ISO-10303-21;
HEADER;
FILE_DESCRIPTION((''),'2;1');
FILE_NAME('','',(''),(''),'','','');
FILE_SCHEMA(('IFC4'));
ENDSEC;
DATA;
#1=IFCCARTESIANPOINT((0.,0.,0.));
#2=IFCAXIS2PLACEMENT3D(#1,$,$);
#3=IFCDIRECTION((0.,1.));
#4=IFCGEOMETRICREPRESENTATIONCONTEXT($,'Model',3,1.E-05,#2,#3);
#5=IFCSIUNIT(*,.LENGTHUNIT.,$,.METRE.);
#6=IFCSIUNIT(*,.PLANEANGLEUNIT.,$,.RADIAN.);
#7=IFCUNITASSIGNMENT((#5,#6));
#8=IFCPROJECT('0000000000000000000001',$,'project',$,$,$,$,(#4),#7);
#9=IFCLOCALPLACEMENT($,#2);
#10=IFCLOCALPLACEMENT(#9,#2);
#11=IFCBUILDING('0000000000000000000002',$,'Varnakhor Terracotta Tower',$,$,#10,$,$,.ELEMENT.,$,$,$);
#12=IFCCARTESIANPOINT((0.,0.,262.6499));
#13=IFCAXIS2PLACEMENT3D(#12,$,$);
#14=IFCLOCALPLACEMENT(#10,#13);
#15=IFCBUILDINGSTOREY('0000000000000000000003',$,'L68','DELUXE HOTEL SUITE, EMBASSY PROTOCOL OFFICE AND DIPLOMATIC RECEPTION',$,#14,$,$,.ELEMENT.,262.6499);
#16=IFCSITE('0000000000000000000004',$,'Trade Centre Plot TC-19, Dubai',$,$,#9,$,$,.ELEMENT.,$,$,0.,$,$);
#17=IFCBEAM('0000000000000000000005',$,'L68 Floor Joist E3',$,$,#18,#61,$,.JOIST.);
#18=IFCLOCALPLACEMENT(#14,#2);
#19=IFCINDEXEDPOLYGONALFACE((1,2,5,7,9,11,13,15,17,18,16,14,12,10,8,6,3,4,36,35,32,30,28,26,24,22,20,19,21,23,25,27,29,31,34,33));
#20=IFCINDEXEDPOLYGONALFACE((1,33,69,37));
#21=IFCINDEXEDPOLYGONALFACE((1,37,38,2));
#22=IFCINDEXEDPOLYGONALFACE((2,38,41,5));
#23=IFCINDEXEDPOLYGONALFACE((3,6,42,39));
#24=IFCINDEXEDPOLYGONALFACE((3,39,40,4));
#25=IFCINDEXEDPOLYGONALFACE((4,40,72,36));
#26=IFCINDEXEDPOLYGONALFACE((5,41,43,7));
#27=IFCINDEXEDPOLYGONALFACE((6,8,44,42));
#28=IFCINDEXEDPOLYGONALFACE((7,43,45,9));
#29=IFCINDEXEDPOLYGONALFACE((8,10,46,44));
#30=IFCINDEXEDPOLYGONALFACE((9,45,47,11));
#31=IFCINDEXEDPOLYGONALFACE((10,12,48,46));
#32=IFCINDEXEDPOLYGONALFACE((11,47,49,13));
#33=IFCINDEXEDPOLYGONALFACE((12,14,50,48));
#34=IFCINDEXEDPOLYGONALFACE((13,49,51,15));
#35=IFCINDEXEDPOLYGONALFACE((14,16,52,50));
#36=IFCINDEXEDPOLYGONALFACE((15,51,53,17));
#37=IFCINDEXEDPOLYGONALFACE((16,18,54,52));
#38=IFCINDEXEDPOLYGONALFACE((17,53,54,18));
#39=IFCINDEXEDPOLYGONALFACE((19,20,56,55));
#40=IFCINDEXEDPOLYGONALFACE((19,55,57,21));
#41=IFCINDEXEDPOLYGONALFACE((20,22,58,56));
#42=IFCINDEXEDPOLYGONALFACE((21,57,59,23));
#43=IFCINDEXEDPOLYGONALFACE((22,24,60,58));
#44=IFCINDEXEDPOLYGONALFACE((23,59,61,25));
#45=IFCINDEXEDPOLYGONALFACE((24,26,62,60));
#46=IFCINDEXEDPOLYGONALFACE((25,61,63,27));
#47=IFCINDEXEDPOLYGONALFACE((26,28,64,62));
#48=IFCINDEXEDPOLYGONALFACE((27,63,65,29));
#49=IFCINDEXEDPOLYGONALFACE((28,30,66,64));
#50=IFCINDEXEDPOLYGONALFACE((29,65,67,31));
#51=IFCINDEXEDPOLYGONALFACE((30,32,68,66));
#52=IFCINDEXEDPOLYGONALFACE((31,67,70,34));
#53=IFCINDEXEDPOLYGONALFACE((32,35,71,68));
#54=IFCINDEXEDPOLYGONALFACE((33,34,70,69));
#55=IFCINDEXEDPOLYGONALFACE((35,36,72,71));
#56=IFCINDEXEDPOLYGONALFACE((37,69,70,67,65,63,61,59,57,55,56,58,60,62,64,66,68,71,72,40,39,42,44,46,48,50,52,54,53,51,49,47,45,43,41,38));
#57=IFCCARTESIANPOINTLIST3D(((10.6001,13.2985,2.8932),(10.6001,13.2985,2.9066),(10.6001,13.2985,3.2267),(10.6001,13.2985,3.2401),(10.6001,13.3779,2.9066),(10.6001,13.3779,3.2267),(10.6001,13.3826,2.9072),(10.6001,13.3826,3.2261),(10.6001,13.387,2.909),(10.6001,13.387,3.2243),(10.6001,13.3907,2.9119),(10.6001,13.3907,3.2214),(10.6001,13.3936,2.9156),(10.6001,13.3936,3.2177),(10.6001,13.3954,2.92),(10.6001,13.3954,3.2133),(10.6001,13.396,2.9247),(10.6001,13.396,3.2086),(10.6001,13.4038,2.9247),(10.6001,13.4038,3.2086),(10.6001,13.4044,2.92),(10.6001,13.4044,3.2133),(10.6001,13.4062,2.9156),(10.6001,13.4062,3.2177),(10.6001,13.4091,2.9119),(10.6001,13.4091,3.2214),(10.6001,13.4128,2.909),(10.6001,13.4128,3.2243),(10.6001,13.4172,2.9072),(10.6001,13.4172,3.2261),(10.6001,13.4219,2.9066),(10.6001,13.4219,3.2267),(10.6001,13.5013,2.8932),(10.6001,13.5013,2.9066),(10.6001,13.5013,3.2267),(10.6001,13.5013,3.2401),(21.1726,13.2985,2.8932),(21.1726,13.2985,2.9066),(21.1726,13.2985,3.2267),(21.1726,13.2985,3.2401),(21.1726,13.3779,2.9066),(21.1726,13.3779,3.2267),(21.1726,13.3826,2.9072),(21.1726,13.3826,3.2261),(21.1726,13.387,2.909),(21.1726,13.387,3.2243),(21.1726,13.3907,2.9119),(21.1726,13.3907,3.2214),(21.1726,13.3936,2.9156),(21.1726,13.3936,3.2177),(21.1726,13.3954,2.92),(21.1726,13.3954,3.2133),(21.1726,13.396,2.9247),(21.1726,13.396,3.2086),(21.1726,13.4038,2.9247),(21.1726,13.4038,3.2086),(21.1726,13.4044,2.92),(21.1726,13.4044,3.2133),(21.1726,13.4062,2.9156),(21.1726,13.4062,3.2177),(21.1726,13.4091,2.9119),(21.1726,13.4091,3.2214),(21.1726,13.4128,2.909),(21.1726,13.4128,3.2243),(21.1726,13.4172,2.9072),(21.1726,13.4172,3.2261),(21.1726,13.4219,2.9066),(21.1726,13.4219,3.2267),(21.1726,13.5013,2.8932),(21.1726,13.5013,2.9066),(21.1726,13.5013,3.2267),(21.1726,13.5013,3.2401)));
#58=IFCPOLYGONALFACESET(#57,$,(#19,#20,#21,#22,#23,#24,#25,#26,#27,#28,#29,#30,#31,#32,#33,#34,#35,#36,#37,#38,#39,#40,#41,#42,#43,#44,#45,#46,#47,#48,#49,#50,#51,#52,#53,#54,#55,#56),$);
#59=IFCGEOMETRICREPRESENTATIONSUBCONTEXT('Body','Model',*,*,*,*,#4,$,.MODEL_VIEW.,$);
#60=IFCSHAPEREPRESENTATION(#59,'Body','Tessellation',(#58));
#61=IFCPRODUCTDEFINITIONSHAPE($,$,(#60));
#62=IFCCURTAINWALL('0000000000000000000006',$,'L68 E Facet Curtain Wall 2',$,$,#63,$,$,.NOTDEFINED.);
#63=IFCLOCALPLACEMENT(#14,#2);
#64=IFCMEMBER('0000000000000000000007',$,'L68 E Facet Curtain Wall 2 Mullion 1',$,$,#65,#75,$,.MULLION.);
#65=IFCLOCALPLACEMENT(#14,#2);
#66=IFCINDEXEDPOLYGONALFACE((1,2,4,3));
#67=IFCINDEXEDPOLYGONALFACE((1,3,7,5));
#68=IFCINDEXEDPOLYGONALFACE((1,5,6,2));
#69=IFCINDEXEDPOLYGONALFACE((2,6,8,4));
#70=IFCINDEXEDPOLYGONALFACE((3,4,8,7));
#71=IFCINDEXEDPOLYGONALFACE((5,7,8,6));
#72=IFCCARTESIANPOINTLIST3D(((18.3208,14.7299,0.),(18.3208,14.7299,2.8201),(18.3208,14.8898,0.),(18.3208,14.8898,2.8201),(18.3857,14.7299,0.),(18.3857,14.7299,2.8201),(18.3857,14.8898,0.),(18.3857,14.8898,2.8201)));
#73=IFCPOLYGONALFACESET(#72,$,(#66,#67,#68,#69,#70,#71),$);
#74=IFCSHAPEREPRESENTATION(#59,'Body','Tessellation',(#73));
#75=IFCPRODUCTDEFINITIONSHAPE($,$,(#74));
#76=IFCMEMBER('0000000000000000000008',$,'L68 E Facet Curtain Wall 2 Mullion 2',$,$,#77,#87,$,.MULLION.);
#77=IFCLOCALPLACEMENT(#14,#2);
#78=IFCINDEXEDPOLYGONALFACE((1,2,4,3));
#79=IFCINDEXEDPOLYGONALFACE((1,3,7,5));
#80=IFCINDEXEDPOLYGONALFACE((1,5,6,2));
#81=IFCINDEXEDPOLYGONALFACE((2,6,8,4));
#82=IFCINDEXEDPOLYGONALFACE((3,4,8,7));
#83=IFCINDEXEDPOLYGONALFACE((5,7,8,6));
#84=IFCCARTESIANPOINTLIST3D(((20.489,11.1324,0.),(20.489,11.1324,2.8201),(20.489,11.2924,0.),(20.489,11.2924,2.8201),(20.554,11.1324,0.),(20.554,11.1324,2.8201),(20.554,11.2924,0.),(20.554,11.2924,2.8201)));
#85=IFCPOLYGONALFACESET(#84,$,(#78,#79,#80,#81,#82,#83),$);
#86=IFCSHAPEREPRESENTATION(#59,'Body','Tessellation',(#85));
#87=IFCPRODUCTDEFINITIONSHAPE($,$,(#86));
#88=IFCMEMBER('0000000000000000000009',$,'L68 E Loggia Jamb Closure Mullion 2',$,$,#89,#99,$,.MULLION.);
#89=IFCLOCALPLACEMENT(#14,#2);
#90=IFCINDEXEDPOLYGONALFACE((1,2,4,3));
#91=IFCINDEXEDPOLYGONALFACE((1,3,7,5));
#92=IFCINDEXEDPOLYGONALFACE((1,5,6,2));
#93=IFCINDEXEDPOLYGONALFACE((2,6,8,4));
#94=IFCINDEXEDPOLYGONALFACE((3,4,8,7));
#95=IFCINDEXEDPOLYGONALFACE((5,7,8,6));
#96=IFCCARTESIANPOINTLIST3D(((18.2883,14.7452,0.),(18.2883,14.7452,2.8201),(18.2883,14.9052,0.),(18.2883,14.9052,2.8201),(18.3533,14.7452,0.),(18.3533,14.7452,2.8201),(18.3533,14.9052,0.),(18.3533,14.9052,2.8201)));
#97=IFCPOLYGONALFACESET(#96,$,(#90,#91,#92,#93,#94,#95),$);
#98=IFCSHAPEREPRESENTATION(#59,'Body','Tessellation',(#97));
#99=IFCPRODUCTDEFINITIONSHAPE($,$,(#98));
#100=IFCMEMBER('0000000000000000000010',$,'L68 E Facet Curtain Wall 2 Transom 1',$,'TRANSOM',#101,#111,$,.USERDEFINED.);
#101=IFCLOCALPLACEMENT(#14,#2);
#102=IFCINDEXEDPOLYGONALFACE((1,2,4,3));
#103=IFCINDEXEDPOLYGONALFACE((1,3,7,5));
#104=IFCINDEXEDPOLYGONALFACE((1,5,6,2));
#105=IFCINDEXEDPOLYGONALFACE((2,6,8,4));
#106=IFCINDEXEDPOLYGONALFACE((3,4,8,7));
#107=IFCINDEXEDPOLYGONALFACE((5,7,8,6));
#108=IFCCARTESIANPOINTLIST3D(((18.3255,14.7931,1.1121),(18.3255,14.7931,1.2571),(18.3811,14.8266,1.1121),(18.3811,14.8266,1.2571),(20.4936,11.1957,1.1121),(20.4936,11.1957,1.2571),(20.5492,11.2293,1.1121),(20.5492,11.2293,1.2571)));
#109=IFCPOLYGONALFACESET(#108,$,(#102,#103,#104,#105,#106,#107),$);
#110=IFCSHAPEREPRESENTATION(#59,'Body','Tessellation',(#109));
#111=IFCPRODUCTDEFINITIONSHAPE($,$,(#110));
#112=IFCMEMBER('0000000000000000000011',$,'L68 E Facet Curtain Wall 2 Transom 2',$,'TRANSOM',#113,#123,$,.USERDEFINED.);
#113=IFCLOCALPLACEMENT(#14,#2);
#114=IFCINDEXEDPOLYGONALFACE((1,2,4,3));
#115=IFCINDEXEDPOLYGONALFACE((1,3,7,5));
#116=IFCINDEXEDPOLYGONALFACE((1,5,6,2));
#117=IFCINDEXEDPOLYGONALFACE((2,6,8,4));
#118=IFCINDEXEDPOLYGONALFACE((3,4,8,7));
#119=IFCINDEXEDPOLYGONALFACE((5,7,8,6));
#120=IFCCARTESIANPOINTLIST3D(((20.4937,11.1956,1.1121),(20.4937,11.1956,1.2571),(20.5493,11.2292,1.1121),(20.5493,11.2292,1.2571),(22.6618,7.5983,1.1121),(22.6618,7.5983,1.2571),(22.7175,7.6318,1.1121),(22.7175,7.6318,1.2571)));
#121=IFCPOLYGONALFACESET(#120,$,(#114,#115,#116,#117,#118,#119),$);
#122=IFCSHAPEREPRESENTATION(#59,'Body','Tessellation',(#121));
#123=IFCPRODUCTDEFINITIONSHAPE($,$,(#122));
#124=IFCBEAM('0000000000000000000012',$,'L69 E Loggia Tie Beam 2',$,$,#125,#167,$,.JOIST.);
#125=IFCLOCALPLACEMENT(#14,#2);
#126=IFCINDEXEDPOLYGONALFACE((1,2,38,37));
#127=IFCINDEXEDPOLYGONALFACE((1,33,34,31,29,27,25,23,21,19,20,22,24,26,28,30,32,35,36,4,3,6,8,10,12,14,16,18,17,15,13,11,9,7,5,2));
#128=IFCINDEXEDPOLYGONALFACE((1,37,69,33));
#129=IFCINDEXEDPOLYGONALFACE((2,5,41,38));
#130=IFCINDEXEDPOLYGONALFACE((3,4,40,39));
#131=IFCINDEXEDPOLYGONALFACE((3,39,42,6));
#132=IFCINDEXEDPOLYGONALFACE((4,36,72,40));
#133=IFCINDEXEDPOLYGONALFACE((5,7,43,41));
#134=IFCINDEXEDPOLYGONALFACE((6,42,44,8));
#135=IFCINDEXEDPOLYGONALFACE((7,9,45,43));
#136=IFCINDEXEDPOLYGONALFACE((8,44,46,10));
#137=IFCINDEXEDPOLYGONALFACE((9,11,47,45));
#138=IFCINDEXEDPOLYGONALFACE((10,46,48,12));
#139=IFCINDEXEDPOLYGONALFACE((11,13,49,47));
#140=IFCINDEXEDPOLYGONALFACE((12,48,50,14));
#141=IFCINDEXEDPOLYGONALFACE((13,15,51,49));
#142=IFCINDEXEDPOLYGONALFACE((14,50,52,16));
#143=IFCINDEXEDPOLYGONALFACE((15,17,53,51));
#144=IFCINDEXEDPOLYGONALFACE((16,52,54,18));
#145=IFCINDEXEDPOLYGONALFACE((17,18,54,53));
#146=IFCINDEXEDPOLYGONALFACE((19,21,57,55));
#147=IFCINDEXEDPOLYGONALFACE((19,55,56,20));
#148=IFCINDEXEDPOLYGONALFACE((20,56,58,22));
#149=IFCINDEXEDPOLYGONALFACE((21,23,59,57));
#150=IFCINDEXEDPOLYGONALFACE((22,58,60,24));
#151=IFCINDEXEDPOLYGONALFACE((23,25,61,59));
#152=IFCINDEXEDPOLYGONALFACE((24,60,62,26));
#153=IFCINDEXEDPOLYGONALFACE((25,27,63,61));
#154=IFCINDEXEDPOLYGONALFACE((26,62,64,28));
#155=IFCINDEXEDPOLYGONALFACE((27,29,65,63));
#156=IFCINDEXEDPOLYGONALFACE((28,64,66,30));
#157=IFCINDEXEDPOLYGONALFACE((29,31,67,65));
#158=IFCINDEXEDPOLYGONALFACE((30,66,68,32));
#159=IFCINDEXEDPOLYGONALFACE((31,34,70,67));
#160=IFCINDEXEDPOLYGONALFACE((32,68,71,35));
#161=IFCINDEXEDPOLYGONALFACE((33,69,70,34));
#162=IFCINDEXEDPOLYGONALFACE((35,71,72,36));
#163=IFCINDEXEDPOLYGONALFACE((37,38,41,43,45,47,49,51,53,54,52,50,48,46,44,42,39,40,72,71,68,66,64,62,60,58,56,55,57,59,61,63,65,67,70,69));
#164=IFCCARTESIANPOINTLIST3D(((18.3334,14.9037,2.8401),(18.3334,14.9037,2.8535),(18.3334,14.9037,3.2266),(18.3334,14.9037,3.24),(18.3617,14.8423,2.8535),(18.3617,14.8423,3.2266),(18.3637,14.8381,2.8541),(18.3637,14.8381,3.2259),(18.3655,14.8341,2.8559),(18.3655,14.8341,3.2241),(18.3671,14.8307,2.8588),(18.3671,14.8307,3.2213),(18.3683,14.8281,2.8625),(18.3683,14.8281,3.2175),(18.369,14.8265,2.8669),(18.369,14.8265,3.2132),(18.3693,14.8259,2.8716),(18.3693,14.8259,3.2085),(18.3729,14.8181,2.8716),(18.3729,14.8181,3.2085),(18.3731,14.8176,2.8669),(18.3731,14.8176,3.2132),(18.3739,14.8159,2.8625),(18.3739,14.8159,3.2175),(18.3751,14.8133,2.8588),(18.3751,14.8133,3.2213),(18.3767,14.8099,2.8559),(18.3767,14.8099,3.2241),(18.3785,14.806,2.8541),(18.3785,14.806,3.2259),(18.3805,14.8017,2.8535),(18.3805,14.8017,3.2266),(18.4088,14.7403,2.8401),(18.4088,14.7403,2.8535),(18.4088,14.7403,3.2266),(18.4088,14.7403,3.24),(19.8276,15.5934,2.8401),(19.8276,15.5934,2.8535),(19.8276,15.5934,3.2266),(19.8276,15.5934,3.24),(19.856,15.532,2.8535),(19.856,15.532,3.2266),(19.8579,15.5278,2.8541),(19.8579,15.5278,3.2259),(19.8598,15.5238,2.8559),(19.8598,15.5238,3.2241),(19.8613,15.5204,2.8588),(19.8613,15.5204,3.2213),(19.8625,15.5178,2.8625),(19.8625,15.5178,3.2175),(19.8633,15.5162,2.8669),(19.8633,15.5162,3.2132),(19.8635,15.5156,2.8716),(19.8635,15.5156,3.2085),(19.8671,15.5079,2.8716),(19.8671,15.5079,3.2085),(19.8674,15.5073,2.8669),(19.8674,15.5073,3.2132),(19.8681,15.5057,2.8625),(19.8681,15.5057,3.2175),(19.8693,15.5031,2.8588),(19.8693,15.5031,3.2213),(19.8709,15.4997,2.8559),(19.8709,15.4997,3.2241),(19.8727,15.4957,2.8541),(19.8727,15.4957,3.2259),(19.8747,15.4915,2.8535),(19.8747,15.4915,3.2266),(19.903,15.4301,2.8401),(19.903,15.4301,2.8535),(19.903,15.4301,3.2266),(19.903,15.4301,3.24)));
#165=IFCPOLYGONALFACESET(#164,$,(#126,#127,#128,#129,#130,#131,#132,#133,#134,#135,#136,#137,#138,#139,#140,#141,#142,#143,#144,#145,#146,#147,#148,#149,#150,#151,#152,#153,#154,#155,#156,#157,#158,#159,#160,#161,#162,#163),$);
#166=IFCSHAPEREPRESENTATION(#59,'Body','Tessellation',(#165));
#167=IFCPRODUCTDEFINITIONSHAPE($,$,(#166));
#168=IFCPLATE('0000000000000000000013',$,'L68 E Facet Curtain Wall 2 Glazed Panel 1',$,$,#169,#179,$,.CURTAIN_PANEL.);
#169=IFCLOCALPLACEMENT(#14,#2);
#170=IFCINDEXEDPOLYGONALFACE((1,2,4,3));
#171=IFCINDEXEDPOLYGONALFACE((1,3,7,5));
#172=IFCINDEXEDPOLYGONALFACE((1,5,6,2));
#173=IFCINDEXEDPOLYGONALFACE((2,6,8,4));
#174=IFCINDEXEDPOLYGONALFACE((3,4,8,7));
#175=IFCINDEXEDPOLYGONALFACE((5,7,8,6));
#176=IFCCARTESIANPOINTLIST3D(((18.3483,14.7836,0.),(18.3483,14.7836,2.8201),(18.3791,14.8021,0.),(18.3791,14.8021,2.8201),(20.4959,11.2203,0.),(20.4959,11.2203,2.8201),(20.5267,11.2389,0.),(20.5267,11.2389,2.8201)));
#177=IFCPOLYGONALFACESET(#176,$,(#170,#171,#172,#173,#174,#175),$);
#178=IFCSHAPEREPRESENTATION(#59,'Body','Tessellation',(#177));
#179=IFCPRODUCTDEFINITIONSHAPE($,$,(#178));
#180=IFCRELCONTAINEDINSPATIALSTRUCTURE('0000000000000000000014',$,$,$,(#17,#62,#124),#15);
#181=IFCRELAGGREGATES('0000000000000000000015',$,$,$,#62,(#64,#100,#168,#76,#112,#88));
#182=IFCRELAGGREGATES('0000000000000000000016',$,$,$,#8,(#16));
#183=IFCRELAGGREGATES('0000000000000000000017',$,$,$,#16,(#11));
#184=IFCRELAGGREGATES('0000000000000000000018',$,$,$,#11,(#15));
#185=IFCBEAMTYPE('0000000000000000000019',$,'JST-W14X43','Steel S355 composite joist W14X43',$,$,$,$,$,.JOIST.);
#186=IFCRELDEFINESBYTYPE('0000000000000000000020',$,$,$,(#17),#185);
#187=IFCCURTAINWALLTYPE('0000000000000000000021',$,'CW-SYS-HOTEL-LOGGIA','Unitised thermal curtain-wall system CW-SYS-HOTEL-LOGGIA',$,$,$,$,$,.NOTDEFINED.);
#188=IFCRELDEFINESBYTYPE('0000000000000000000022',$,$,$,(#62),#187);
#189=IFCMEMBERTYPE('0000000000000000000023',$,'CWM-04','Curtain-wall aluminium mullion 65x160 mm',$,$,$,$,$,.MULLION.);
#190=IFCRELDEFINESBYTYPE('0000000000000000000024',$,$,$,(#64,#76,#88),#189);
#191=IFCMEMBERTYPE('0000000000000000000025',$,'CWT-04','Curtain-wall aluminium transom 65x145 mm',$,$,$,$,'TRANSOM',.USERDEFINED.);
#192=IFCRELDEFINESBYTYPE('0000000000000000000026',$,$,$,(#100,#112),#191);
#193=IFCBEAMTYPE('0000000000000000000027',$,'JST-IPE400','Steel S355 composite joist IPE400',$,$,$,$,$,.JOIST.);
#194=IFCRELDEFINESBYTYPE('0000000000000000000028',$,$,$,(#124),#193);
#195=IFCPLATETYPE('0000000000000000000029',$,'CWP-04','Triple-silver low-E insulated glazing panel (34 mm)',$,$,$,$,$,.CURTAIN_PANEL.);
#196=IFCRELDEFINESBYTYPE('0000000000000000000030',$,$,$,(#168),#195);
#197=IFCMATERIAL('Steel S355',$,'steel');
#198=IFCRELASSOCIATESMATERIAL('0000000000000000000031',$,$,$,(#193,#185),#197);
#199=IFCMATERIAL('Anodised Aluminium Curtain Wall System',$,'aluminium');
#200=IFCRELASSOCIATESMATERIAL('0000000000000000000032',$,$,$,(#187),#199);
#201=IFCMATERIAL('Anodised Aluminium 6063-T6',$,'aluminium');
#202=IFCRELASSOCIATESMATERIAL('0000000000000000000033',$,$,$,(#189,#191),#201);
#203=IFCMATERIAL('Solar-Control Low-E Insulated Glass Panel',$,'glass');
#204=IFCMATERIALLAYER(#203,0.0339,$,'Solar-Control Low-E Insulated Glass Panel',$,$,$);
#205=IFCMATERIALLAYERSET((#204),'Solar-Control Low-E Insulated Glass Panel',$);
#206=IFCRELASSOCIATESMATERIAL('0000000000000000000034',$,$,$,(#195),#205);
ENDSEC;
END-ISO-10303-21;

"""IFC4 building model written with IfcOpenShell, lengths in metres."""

from ifc_helpers import new_model, si_unit, direction, frame, origin, origin_2d, place, context, subcontext, project, spatial, rectangle, i_section, extrude, source, transform, mapped, material, layer, layer_set, material_profile, profile_set, type_object, type_shapes, element, aggregate, save


model = new_model("IFC4")

# Units and contexts
model_context = context("Model", 3, precision=1e-05, world=origin(), true_north=direction((0.0, 1.0)))
body_context = subcontext(model_context, "Body", "Model", "MODEL_VIEW")
ifc_project = project(units=[si_unit("LENGTHUNIT", "METRE"), si_unit("PLANEANGLEUNIT", "RADIAN")], contexts=[model_context])

# Site, building, storey
site_placement = place(None, origin())
site = spatial("IfcSite", under=ifc_project, at=site_placement, Name="Trade Centre Plot TC-19, Dubai", CompositionType="ELEMENT", RefElevation=0.0)
building_placement = place(site_placement, origin())
building = spatial("IfcBuilding", under=site, at=building_placement, Name="Varnakhor Terracotta Tower", CompositionType="ELEMENT")
storey_placement = place(building_placement, frame((0.0, 0.0, 262.6499)))
storey = spatial("IfcBuildingStorey", under=building, at=storey_placement, Name="L68", Description="DELUXE HOTEL SUITE, EMBASSY PROTOCOL OFFICE AND DIPLOMATIC RECEPTION", CompositionType="ELEMENT", Elevation=262.6499)

# Beam
ifc_material_1 = material(Name="Steel S355", Category="steel")
ifc_material_profile_1 = material_profile(ifc_material_1, i_section(OverallWidth=0.1799, OverallDepth=0.3999, WebThickness=0.0085, FlangeThickness=0.0134, FilletRadius=0.0181, at=origin_2d()), Name="IPE400")
ifc_profile_set_1 = profile_set([ifc_material_profile_1], Name="Steel S355")
beam_type_1 = type_object("IfcBeamType", Name="JST-IPE400", Description="Steel S355 composite joist IPE400", PredefinedType="JOIST", material=ifc_profile_set_1)
ifc_material_profile_2 = material_profile(ifc_material_1, i_section(OverallWidth=0.2029, OverallDepth=0.3469, WebThickness=0.0078, FlangeThickness=0.0134, FilletRadius=0.0181, at=origin_2d()), Name="W14X43")
ifc_profile_set_2 = profile_set([ifc_material_profile_2], Name="Steel S355")
beam_type_2 = type_object("IfcBeamType", Name="JST-W14X43", Description="Steel S355 composite joist W14X43", PredefinedType="JOIST", material=ifc_profile_set_2)
shared_shape_1 = source(origin(), body_context, "Body", "SweptSolid", [
    extrude(i_section(OverallWidth=0.2029, OverallDepth=0.3469, WebThickness=0.0078, FlangeThickness=0.0134, FilletRadius=0.0181, at=origin_2d()), origin(), (0.0, 0.0, 1.0), 10.5725),
])
beam_1_placement = place(storey_placement, frame((10.6001, 13.3999, 3.0667), z_axis=(1.0, 0.0, 0.0), x_axis=(0.0, 1.0, 0.0)))
element("IfcBeam", 1, at=beam_1_placement, inside=storey, type_object=beam_type_2, Name="L68 Floor Joist E3", PredefinedType="JOIST", context=body_context, shape_type="MappedRepresentation", body=[
    mapped(shared_shape_1, transform((0.0, 0.0, 0.0), scale=1.0)),
])

# Curtain wall, members
ifc_material_2 = material(Name="Anodised Aluminium Curtain Wall System", Category="aluminium")
curtain_wall_type = type_object("IfcCurtainWallType", Name="CW-SYS-HOTEL-LOGGIA", Description="Unitised thermal curtain-wall system CW-SYS-HOTEL-LOGGIA", PredefinedType="NOTDEFINED", material=ifc_material_2)
curtain_wall_placement = place(storey_placement, origin())
curtain_wall = element("IfcCurtainWall", 2, at=curtain_wall_placement, inside=storey, type_object=curtain_wall_type, Name="L68 E Facet Curtain Wall 2", PredefinedType="NOTDEFINED")
ifc_material_3 = material(Name="Anodised Aluminium 6063-T6", Category="aluminium")
ifc_material_profile_3 = material_profile(ifc_material_3, rectangle(XDim=0.0649, YDim=0.1599, at=origin_2d()), Name="ALU MULLION 65x160")
ifc_profile_set_3 = profile_set([ifc_material_profile_3], Name="Anodised Aluminium 6063-T6")
member_type_1 = type_object("IfcMemberType", Name="CWM-04", Description="Curtain-wall aluminium mullion 65x160 mm", PredefinedType="MULLION", material=ifc_profile_set_3)
shared_shape_2 = source(origin(), body_context, "Body", "SweptSolid", [
    extrude(rectangle(XDim=0.0649, YDim=0.1599, at=origin_2d()), origin(), (0.0, 0.0, 1.0), 2.8201),
])
type_shapes(member_type_1, [shared_shape_2])
member_1_placement = place(storey_placement, frame((18.3533, 14.8098, 0.0), z_axis=(0.0, 0.0, 1.0), x_axis=(1.0, 0.0, 0.0)))
member_1 = element("IfcMember", 3, at=member_1_placement, type_object=member_type_1, Name="L68 E Facet Curtain Wall 2 Mullion 1", PredefinedType="MULLION", context=body_context, shape_type="MappedRepresentation", body=[
    mapped(shared_shape_2, transform((0.0, 0.0, 0.0), scale=1.0)),
])
member_2_placement = place(storey_placement, frame((20.5215, 11.2124, 0.0), z_axis=(0.0, 0.0, 1.0), x_axis=(1.0, 0.0, 0.0)))
member_2 = element("IfcMember", 4, at=member_2_placement, type_object=member_type_1, Name="L68 E Facet Curtain Wall 2 Mullion 2", PredefinedType="MULLION", context=body_context, shape_type="MappedRepresentation", body=[
    mapped(shared_shape_2, transform((0.0, 0.0, 0.0), scale=1.0)),
])
member_3_placement = place(storey_placement, frame((18.3208, 14.8252, 0.0), z_axis=(0.0, 0.0, 1.0), x_axis=(1.0, 0.0, 0.0)))
member_3 = element("IfcMember", 5, at=member_3_placement, type_object=member_type_1, Name="L68 E Loggia Jamb Closure Mullion 2", PredefinedType="MULLION", context=body_context, shape_type="MappedRepresentation", body=[
    mapped(shared_shape_2, transform((0.0, 0.0, 0.0), scale=1.0)),
])
ifc_material_profile_4 = material_profile(ifc_material_3, rectangle(XDim=0.0649, YDim=0.145, at=origin_2d()), Name="ALU TRANSOM 65x145")
ifc_profile_set_4 = profile_set([ifc_material_profile_4], Name="Anodised Aluminium 6063-T6")
member_type_2 = type_object("IfcMemberType", Name="CWT-04", Description="Curtain-wall aluminium transom 65x145 mm", ElementType="TRANSOM", PredefinedType="USERDEFINED", material=ifc_profile_set_4)
shared_shape_3 = source(origin(), body_context, "Body", "SweptSolid", [
    extrude(rectangle(XDim=0.0649, YDim=0.145, at=origin_2d()), origin(), (0.0, 0.0, 1.0), 4.2002),
])
member_4_placement = place(storey_placement, frame((18.3533, 14.8098, 1.1846), z_axis=(0.516204, -0.856465, 0.0), x_axis=(0.856465, 0.516204, 0.0)))
member_4 = element("IfcMember", 6, at=member_4_placement, type_object=member_type_2, Name="L68 E Facet Curtain Wall 2 Transom 1", ObjectType="TRANSOM", PredefinedType="USERDEFINED", context=body_context, shape_type="MappedRepresentation", body=[
    mapped(shared_shape_3, transform((0.0, 0.0, 0.0), scale=1.0)),
])
member_5_placement = place(storey_placement, frame((20.5215, 11.2124, 1.1846), z_axis=(0.516204, -0.856465, 0.0), x_axis=(0.856465, 0.516204, 0.0)))
member_5 = element("IfcMember", 7, at=member_5_placement, type_object=member_type_2, Name="L68 E Facet Curtain Wall 2 Transom 2", ObjectType="TRANSOM", PredefinedType="USERDEFINED", context=body_context, shape_type="MappedRepresentation", body=[
    mapped(shared_shape_3, transform((0.0, 0.0, 0.0), scale=1.0)),
])

# Beam
shared_shape_4 = source(origin(), body_context, "Body", "SweptSolid", [
    extrude(i_section(OverallWidth=0.1799, OverallDepth=0.3999, WebThickness=0.0085, FlangeThickness=0.0134, FilletRadius=0.0181, at=origin_2d()), origin(), (0.0, 0.0, 1.0), 1.6458),
])
beam_2_placement = place(storey_placement, frame((18.3711, 14.822, 3.04), z_axis=(0.907938, 0.419105, 0.0), x_axis=(-0.419105, 0.907938, 0.0)))
element("IfcBeam", 8, at=beam_2_placement, inside=storey, type_object=beam_type_1, Name="L69 E Loggia Tie Beam 2", PredefinedType="JOIST", context=body_context, shape_type="MappedRepresentation", body=[
    mapped(shared_shape_4, transform((0.0, 0.0, 0.0), scale=1.0)),
])

# Plate
ifc_material_4 = material(Name="Solar-Control Low-E Insulated Glass Panel", Category="glass")
ifc_layer_1 = layer(ifc_material_4, 0.0339, Name="Solar-Control Low-E Insulated Glass Panel")
ifc_layer_set_1 = layer_set([ifc_layer_1], Name="Solar-Control Low-E Insulated Glass Panel")
plate_type = type_object("IfcPlateType", Name="CWP-04", Description="Triple-silver low-E insulated glazing panel (34 mm)", PredefinedType="CURTAIN_PANEL", material=ifc_layer_set_1)
shared_shape_5 = source(origin(), body_context, "Body", "SweptSolid", [
    extrude(rectangle(XDim=4.1604, YDim=0.0359, at=origin_2d()), origin(), (0.0, 0.0, 1.0), 2.8201),
])
plate_1_placement = place(storey_placement, frame((19.4375, 13.0112, 0.0), z_axis=(0.0, 0.0, 1.0), x_axis=(0.516205, -0.856465, 0.0)))
plate_1 = element("IfcPlate", 9, at=plate_1_placement, type_object=plate_type, Name="L68 E Facet Curtain Wall 2 Glazed Panel 1", PredefinedType="CURTAIN_PANEL", context=body_context, shape_type="MappedRepresentation", body=[
    mapped(shared_shape_5, transform((0.0, 0.0, 0.0), scale=1.0)),
])
aggregate(curtain_wall, [member_1, member_4, plate_1, member_2, member_5, member_3])

save(model, "model.ifc")
